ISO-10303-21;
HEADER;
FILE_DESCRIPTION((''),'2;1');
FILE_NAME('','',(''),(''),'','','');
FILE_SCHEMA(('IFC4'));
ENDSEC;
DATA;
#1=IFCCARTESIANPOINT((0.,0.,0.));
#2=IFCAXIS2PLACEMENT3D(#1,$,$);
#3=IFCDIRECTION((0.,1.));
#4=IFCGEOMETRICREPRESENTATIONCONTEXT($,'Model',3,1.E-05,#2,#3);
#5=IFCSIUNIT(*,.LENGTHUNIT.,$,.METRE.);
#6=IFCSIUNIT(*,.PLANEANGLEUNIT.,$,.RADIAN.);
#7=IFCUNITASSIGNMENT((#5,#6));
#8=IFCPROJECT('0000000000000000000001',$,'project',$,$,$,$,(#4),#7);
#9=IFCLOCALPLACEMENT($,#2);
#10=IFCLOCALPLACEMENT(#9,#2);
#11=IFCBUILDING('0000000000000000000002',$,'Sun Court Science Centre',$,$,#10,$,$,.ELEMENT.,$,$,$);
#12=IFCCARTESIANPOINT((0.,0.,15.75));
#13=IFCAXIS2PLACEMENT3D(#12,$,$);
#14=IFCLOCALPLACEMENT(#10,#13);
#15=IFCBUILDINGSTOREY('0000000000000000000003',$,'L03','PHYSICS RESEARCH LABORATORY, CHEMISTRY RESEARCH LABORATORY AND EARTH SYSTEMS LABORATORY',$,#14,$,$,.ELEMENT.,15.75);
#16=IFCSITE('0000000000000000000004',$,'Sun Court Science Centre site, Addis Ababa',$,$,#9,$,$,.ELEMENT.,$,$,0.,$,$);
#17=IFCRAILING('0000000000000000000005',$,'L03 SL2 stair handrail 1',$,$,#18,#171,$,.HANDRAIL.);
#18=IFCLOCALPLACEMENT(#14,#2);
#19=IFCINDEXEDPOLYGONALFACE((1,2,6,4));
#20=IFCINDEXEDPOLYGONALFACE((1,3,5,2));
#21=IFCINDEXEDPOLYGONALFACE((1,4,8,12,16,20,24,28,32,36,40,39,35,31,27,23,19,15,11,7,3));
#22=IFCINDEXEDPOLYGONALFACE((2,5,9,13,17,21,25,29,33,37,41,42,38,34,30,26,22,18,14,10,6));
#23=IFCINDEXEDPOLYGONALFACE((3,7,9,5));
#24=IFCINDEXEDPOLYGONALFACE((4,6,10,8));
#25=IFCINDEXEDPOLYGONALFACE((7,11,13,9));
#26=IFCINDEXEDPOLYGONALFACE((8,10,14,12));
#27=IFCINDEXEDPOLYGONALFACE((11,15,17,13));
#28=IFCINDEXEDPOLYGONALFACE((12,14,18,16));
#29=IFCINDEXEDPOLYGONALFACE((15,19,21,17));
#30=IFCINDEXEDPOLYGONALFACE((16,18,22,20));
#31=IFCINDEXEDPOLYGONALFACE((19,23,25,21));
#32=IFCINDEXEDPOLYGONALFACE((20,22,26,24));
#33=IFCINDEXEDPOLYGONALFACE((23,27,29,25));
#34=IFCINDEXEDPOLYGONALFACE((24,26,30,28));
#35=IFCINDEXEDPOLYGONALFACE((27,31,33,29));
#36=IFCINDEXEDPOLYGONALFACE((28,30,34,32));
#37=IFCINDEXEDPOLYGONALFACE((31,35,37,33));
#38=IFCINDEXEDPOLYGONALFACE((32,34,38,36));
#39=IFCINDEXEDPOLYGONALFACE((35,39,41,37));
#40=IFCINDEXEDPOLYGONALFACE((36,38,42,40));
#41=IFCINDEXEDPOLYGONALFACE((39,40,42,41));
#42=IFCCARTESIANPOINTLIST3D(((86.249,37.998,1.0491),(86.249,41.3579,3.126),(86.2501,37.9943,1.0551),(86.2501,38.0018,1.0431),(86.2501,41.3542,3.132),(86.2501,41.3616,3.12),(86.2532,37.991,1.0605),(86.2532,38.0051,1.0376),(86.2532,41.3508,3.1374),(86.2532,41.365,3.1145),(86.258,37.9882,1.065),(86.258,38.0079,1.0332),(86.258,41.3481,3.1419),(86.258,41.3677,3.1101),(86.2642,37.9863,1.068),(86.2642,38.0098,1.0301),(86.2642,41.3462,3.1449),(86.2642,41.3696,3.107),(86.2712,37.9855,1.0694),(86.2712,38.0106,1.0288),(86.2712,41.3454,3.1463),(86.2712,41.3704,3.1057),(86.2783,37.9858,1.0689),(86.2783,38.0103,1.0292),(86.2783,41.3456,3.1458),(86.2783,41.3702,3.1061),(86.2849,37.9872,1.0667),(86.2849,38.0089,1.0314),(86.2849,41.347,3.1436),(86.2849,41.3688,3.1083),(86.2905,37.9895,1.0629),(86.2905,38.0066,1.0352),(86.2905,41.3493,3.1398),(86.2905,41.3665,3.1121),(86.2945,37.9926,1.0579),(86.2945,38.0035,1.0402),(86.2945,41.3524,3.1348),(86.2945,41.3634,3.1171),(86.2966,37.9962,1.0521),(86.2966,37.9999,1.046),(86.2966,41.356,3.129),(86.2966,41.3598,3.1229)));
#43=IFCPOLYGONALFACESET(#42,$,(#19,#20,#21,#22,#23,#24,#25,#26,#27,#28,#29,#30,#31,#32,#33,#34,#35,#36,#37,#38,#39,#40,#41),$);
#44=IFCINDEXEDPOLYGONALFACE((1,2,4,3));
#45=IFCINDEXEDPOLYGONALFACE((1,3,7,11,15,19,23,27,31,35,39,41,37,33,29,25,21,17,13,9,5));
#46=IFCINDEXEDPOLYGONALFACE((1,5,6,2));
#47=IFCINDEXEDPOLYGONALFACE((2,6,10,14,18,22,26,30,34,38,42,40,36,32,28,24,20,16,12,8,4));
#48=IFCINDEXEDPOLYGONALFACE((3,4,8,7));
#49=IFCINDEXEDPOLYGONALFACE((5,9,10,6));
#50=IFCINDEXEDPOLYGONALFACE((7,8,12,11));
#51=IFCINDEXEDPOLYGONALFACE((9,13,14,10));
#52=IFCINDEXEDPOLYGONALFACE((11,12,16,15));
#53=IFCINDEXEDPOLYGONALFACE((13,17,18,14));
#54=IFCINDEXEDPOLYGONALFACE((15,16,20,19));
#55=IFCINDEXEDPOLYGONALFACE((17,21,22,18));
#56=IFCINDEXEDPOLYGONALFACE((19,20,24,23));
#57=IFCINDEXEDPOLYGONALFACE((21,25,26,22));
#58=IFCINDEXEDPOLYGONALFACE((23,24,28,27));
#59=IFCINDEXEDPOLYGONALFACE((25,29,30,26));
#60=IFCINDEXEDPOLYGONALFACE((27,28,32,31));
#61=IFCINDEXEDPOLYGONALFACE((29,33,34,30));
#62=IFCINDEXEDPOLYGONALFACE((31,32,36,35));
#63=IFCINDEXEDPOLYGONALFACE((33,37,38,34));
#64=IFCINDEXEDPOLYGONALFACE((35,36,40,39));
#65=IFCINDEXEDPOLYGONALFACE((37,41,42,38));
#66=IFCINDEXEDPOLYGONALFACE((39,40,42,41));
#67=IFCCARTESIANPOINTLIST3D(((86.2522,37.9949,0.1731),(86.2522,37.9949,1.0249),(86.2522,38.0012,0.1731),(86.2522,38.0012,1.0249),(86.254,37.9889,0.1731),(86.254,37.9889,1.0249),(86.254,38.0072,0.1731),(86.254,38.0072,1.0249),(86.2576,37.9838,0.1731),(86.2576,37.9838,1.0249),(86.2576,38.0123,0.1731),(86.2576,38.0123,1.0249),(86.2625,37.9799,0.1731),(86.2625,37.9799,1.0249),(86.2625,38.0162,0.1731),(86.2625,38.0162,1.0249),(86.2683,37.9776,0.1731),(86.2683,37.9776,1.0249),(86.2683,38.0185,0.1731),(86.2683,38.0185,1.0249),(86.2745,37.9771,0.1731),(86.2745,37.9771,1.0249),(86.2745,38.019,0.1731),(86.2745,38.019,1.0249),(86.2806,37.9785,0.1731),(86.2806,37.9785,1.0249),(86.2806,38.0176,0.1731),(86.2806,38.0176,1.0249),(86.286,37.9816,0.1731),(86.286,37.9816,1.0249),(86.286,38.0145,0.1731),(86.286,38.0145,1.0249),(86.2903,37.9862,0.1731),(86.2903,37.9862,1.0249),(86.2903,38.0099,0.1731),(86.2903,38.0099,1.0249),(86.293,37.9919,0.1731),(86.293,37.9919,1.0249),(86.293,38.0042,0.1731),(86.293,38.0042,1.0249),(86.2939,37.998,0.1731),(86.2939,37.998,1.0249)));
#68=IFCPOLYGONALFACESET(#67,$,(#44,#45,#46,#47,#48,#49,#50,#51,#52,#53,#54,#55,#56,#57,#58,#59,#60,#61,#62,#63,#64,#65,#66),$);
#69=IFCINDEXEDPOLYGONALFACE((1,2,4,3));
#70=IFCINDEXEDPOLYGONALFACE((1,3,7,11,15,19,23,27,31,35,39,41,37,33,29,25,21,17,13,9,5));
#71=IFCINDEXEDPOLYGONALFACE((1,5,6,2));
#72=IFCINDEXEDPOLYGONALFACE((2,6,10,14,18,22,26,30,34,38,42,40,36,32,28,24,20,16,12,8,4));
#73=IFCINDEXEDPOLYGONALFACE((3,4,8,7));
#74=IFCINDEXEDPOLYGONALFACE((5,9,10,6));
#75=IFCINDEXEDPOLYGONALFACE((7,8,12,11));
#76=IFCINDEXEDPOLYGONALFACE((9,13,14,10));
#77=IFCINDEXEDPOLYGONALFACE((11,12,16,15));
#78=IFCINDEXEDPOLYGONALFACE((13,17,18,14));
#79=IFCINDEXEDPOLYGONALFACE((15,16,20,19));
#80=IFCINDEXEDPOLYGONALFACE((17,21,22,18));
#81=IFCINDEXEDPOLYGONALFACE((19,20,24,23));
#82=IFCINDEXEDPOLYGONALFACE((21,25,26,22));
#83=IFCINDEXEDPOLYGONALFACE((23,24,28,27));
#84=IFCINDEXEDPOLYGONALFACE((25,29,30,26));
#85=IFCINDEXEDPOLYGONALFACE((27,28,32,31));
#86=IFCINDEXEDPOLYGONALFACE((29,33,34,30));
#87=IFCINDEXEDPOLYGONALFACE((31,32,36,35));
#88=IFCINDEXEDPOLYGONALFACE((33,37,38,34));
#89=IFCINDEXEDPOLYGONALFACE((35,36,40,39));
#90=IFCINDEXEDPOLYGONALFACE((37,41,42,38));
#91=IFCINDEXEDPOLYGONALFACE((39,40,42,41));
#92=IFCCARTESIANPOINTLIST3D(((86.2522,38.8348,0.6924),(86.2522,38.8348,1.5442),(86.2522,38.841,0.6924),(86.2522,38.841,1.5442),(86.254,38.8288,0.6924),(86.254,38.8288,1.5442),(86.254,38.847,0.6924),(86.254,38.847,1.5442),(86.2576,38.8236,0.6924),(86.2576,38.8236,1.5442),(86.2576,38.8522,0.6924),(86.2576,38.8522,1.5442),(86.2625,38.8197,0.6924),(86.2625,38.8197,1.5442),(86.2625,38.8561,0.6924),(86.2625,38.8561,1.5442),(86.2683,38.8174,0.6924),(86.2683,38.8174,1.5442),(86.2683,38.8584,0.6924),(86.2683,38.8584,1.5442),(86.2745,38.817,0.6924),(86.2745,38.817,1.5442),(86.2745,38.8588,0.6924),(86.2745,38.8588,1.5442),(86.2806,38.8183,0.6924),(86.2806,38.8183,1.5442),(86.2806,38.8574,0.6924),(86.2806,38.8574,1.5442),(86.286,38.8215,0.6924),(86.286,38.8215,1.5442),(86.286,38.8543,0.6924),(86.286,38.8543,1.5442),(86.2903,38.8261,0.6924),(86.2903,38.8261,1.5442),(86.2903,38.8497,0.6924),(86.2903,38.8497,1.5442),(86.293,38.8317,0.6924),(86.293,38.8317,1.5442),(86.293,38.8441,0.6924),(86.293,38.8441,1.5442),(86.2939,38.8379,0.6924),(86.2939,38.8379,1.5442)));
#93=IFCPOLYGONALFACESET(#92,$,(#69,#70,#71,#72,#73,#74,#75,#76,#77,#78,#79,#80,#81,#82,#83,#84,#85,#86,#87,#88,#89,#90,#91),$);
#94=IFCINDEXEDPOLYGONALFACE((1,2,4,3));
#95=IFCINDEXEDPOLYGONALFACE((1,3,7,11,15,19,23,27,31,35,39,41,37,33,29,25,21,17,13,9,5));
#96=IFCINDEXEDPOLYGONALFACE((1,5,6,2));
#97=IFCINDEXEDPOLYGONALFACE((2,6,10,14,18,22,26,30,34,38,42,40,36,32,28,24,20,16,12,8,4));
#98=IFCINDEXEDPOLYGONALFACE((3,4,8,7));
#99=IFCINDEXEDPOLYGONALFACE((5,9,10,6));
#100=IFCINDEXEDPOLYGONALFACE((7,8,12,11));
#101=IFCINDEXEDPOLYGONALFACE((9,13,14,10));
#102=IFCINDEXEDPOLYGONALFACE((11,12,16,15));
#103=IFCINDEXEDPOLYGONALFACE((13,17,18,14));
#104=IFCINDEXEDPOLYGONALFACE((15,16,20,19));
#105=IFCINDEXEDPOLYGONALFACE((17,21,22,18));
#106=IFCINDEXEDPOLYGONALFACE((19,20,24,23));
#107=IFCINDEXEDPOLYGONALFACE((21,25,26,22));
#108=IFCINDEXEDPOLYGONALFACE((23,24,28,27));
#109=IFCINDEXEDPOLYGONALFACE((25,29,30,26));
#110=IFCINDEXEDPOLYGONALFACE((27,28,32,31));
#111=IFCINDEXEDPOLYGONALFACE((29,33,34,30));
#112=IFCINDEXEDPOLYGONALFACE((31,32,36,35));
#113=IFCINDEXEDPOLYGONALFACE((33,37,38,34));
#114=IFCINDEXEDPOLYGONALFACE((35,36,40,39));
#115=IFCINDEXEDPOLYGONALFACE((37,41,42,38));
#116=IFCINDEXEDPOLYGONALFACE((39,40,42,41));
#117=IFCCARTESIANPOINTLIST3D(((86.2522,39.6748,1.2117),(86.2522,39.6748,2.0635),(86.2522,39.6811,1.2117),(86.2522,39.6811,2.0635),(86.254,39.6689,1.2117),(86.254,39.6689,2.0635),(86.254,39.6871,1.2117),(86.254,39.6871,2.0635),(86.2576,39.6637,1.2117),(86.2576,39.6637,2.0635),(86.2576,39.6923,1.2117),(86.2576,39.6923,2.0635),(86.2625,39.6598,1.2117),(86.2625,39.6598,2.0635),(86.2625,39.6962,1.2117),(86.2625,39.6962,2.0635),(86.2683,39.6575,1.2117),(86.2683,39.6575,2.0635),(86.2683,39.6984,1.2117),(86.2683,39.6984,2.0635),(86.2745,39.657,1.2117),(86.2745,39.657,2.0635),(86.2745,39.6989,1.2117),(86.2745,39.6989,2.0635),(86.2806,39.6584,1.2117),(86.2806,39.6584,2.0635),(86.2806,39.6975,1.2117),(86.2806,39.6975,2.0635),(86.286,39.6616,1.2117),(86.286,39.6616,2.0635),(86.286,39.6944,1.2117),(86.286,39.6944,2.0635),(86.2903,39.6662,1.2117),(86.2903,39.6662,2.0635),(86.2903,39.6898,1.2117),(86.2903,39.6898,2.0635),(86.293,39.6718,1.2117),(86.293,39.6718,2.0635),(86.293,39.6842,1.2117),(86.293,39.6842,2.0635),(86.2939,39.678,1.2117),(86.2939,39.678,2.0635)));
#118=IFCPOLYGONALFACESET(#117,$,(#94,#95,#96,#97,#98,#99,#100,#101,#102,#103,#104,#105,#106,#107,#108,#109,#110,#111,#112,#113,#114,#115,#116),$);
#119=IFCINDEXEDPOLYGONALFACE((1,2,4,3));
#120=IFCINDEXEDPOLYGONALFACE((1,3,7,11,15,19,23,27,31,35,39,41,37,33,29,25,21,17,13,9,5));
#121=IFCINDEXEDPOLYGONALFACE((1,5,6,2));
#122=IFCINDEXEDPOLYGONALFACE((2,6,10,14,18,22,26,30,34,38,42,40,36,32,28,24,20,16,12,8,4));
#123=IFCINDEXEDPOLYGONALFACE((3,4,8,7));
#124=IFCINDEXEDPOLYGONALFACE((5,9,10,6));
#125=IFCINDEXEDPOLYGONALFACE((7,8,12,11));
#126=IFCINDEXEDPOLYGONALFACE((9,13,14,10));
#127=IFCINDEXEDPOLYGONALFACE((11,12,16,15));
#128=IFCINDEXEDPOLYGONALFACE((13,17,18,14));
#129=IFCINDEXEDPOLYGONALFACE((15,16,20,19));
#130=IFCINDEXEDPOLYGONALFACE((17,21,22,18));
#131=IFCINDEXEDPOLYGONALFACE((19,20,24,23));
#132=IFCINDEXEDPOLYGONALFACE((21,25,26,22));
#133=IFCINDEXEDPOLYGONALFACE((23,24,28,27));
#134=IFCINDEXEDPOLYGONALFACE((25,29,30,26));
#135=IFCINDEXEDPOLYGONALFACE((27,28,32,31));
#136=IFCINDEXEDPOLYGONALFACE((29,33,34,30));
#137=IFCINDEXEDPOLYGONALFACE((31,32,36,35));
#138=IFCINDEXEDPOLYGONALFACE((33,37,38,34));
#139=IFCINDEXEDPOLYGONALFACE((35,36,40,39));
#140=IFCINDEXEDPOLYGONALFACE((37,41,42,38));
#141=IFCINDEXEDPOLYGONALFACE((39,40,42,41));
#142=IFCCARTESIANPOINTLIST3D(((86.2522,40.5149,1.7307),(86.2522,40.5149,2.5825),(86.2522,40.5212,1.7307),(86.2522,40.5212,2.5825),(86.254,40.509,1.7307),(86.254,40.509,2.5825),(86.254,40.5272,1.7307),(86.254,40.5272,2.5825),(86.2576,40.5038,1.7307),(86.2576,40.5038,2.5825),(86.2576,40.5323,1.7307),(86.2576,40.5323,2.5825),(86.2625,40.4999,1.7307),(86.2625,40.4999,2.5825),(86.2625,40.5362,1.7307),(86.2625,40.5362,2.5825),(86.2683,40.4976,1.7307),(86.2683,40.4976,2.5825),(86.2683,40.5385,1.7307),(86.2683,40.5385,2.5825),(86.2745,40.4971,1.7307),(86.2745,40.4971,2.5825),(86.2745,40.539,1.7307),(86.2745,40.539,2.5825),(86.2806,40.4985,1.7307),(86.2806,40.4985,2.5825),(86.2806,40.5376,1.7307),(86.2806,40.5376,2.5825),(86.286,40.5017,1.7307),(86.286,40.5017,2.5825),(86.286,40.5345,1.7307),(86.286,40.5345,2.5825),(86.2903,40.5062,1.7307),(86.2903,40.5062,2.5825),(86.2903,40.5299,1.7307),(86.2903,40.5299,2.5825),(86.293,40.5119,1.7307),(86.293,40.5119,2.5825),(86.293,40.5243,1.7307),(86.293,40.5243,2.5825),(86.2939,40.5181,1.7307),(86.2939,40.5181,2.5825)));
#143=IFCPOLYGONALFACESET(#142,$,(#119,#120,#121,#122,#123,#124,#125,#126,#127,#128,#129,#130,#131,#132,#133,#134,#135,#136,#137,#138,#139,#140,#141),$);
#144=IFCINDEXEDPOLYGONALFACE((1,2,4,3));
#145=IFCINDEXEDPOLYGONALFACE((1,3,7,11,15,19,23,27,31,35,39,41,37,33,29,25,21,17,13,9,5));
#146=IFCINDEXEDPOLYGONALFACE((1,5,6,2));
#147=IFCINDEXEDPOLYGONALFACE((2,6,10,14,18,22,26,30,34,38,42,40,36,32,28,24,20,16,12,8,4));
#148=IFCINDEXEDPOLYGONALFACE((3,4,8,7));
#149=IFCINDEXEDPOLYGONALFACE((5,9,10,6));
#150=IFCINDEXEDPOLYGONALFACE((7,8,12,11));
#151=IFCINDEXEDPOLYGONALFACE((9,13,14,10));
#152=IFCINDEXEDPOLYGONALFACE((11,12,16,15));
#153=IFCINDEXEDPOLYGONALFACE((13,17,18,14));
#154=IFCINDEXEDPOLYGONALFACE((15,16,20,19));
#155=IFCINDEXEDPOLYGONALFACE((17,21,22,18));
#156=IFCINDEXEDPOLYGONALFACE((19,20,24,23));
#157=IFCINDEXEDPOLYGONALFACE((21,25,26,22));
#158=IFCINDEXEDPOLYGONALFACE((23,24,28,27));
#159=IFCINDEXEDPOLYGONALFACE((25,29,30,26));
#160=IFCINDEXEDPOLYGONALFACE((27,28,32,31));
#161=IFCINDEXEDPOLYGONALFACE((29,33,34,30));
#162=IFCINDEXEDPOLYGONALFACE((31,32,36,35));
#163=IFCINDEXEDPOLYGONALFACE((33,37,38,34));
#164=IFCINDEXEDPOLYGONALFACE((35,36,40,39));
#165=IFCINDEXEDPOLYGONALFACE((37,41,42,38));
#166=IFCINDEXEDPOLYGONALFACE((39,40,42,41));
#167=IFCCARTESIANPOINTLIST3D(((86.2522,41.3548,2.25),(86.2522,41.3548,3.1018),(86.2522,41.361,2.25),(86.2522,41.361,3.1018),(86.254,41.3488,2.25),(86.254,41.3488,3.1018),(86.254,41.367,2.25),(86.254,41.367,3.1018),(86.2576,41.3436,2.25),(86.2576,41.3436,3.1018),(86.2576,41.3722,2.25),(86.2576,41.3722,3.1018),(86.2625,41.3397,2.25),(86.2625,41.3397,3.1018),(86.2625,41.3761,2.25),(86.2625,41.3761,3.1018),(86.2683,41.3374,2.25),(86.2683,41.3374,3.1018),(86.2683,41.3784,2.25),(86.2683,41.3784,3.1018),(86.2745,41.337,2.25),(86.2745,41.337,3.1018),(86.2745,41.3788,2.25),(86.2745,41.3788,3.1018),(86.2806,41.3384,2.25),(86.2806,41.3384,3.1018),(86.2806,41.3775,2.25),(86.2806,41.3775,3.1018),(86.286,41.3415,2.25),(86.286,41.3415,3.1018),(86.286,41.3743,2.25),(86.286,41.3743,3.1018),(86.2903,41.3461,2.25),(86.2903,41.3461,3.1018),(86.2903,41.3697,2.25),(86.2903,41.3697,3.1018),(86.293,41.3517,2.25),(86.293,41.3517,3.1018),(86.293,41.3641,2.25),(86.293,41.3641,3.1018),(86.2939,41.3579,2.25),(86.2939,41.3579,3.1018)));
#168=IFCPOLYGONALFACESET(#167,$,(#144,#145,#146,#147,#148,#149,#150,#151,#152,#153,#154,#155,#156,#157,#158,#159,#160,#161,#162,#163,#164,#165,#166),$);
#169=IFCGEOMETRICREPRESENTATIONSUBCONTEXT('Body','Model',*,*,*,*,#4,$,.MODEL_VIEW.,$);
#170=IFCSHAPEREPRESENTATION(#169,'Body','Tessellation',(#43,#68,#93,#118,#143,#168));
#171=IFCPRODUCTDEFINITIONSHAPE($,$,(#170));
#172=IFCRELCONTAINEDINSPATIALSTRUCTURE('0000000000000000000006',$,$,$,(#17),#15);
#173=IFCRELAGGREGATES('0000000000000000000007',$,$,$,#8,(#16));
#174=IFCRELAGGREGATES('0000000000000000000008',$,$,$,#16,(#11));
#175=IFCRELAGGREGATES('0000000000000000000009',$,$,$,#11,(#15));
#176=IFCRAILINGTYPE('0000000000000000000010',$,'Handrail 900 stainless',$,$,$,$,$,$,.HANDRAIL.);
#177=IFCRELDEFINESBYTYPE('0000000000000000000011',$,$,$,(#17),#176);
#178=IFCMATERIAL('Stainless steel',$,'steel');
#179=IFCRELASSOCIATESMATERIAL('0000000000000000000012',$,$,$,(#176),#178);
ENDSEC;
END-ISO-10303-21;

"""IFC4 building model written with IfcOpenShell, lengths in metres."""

from ifc_helpers import new_model, si_unit, direction, frame, origin, origin_2d, place, context, subcontext, project, spatial, circle, extrude, material, type_object, element, save


model = new_model("IFC4")

# Units and contexts
model_context = context("Model", 3, precision=1e-05, world=origin(), true_north=direction((0.0, 1.0)))
body_context = subcontext(model_context, "Body", "Model", "MODEL_VIEW")
ifc_project = project(units=[si_unit("LENGTHUNIT", "METRE"), si_unit("PLANEANGLEUNIT", "RADIAN")], contexts=[model_context])

# Site, building, storey
site_placement = place(None, origin())
site = spatial("IfcSite", under=ifc_project, at=site_placement, Name="Sun Court Science Centre site, Addis Ababa", CompositionType="ELEMENT", RefElevation=0.0)
building_placement = place(site_placement, origin())
building = spatial("IfcBuilding", under=site, at=building_placement, Name="Sun Court Science Centre", CompositionType="ELEMENT")
storey_placement = place(building_placement, frame((0.0, 0.0, 15.75)))
storey = spatial("IfcBuildingStorey", under=building, at=storey_placement, Name="L03", Description="PHYSICS RESEARCH LABORATORY, CHEMISTRY RESEARCH LABORATORY AND EARTH SYSTEMS LABORATORY", CompositionType="ELEMENT", Elevation=15.75)

# Railing
ifc_material_1 = material(Name="Stainless steel", Category="steel")
railing_type_1 = type_object("IfcRailingType", Name="Handrail 900 stainless", PredefinedType="HANDRAIL", material=ifc_material_1)
railing_1_placement = place(storey_placement, frame((86.2729, 37.998, 0.1731)))
element("IfcRailing", 1, at=railing_1_placement, inside=storey, type_object=railing_type_1, Name="L03 SL2 stair handrail 1", PredefinedType="HANDRAIL", context=body_context, shape_type="SweptSolid", body=[
    extrude(circle(Radius=0.0239, at=origin_2d()), frame((0.0, 0.0, 0.876), z_axis=(0.0, 0.850606, 0.525803), x_axis=(-1.0, 0.0, 0.0)), (0.0, 0.0, 1.0), 3.95),
    extrude(circle(Radius=0.021, at=origin_2d()), origin(), (0.0, 0.0, 1.0), 0.8518),
    extrude(circle(Radius=0.021, at=origin_2d()), frame((0.0, 0.8398, 0.5193)), (0.0, 0.0, 1.0), 0.8518),
    extrude(circle(Radius=0.021, at=origin_2d()), frame((0.0, 1.6799, 1.0386)), (0.0, 0.0, 1.0), 0.8518),
    extrude(circle(Radius=0.021, at=origin_2d()), frame((0.0, 2.52, 1.5576)), (0.0, 0.0, 1.0), 0.8518),
    extrude(circle(Radius=0.021, at=origin_2d()), frame((0.0, 3.3599, 2.0769)), (0.0, 0.0, 1.0), 0.8518),
])

save(model, "model.ifc")
